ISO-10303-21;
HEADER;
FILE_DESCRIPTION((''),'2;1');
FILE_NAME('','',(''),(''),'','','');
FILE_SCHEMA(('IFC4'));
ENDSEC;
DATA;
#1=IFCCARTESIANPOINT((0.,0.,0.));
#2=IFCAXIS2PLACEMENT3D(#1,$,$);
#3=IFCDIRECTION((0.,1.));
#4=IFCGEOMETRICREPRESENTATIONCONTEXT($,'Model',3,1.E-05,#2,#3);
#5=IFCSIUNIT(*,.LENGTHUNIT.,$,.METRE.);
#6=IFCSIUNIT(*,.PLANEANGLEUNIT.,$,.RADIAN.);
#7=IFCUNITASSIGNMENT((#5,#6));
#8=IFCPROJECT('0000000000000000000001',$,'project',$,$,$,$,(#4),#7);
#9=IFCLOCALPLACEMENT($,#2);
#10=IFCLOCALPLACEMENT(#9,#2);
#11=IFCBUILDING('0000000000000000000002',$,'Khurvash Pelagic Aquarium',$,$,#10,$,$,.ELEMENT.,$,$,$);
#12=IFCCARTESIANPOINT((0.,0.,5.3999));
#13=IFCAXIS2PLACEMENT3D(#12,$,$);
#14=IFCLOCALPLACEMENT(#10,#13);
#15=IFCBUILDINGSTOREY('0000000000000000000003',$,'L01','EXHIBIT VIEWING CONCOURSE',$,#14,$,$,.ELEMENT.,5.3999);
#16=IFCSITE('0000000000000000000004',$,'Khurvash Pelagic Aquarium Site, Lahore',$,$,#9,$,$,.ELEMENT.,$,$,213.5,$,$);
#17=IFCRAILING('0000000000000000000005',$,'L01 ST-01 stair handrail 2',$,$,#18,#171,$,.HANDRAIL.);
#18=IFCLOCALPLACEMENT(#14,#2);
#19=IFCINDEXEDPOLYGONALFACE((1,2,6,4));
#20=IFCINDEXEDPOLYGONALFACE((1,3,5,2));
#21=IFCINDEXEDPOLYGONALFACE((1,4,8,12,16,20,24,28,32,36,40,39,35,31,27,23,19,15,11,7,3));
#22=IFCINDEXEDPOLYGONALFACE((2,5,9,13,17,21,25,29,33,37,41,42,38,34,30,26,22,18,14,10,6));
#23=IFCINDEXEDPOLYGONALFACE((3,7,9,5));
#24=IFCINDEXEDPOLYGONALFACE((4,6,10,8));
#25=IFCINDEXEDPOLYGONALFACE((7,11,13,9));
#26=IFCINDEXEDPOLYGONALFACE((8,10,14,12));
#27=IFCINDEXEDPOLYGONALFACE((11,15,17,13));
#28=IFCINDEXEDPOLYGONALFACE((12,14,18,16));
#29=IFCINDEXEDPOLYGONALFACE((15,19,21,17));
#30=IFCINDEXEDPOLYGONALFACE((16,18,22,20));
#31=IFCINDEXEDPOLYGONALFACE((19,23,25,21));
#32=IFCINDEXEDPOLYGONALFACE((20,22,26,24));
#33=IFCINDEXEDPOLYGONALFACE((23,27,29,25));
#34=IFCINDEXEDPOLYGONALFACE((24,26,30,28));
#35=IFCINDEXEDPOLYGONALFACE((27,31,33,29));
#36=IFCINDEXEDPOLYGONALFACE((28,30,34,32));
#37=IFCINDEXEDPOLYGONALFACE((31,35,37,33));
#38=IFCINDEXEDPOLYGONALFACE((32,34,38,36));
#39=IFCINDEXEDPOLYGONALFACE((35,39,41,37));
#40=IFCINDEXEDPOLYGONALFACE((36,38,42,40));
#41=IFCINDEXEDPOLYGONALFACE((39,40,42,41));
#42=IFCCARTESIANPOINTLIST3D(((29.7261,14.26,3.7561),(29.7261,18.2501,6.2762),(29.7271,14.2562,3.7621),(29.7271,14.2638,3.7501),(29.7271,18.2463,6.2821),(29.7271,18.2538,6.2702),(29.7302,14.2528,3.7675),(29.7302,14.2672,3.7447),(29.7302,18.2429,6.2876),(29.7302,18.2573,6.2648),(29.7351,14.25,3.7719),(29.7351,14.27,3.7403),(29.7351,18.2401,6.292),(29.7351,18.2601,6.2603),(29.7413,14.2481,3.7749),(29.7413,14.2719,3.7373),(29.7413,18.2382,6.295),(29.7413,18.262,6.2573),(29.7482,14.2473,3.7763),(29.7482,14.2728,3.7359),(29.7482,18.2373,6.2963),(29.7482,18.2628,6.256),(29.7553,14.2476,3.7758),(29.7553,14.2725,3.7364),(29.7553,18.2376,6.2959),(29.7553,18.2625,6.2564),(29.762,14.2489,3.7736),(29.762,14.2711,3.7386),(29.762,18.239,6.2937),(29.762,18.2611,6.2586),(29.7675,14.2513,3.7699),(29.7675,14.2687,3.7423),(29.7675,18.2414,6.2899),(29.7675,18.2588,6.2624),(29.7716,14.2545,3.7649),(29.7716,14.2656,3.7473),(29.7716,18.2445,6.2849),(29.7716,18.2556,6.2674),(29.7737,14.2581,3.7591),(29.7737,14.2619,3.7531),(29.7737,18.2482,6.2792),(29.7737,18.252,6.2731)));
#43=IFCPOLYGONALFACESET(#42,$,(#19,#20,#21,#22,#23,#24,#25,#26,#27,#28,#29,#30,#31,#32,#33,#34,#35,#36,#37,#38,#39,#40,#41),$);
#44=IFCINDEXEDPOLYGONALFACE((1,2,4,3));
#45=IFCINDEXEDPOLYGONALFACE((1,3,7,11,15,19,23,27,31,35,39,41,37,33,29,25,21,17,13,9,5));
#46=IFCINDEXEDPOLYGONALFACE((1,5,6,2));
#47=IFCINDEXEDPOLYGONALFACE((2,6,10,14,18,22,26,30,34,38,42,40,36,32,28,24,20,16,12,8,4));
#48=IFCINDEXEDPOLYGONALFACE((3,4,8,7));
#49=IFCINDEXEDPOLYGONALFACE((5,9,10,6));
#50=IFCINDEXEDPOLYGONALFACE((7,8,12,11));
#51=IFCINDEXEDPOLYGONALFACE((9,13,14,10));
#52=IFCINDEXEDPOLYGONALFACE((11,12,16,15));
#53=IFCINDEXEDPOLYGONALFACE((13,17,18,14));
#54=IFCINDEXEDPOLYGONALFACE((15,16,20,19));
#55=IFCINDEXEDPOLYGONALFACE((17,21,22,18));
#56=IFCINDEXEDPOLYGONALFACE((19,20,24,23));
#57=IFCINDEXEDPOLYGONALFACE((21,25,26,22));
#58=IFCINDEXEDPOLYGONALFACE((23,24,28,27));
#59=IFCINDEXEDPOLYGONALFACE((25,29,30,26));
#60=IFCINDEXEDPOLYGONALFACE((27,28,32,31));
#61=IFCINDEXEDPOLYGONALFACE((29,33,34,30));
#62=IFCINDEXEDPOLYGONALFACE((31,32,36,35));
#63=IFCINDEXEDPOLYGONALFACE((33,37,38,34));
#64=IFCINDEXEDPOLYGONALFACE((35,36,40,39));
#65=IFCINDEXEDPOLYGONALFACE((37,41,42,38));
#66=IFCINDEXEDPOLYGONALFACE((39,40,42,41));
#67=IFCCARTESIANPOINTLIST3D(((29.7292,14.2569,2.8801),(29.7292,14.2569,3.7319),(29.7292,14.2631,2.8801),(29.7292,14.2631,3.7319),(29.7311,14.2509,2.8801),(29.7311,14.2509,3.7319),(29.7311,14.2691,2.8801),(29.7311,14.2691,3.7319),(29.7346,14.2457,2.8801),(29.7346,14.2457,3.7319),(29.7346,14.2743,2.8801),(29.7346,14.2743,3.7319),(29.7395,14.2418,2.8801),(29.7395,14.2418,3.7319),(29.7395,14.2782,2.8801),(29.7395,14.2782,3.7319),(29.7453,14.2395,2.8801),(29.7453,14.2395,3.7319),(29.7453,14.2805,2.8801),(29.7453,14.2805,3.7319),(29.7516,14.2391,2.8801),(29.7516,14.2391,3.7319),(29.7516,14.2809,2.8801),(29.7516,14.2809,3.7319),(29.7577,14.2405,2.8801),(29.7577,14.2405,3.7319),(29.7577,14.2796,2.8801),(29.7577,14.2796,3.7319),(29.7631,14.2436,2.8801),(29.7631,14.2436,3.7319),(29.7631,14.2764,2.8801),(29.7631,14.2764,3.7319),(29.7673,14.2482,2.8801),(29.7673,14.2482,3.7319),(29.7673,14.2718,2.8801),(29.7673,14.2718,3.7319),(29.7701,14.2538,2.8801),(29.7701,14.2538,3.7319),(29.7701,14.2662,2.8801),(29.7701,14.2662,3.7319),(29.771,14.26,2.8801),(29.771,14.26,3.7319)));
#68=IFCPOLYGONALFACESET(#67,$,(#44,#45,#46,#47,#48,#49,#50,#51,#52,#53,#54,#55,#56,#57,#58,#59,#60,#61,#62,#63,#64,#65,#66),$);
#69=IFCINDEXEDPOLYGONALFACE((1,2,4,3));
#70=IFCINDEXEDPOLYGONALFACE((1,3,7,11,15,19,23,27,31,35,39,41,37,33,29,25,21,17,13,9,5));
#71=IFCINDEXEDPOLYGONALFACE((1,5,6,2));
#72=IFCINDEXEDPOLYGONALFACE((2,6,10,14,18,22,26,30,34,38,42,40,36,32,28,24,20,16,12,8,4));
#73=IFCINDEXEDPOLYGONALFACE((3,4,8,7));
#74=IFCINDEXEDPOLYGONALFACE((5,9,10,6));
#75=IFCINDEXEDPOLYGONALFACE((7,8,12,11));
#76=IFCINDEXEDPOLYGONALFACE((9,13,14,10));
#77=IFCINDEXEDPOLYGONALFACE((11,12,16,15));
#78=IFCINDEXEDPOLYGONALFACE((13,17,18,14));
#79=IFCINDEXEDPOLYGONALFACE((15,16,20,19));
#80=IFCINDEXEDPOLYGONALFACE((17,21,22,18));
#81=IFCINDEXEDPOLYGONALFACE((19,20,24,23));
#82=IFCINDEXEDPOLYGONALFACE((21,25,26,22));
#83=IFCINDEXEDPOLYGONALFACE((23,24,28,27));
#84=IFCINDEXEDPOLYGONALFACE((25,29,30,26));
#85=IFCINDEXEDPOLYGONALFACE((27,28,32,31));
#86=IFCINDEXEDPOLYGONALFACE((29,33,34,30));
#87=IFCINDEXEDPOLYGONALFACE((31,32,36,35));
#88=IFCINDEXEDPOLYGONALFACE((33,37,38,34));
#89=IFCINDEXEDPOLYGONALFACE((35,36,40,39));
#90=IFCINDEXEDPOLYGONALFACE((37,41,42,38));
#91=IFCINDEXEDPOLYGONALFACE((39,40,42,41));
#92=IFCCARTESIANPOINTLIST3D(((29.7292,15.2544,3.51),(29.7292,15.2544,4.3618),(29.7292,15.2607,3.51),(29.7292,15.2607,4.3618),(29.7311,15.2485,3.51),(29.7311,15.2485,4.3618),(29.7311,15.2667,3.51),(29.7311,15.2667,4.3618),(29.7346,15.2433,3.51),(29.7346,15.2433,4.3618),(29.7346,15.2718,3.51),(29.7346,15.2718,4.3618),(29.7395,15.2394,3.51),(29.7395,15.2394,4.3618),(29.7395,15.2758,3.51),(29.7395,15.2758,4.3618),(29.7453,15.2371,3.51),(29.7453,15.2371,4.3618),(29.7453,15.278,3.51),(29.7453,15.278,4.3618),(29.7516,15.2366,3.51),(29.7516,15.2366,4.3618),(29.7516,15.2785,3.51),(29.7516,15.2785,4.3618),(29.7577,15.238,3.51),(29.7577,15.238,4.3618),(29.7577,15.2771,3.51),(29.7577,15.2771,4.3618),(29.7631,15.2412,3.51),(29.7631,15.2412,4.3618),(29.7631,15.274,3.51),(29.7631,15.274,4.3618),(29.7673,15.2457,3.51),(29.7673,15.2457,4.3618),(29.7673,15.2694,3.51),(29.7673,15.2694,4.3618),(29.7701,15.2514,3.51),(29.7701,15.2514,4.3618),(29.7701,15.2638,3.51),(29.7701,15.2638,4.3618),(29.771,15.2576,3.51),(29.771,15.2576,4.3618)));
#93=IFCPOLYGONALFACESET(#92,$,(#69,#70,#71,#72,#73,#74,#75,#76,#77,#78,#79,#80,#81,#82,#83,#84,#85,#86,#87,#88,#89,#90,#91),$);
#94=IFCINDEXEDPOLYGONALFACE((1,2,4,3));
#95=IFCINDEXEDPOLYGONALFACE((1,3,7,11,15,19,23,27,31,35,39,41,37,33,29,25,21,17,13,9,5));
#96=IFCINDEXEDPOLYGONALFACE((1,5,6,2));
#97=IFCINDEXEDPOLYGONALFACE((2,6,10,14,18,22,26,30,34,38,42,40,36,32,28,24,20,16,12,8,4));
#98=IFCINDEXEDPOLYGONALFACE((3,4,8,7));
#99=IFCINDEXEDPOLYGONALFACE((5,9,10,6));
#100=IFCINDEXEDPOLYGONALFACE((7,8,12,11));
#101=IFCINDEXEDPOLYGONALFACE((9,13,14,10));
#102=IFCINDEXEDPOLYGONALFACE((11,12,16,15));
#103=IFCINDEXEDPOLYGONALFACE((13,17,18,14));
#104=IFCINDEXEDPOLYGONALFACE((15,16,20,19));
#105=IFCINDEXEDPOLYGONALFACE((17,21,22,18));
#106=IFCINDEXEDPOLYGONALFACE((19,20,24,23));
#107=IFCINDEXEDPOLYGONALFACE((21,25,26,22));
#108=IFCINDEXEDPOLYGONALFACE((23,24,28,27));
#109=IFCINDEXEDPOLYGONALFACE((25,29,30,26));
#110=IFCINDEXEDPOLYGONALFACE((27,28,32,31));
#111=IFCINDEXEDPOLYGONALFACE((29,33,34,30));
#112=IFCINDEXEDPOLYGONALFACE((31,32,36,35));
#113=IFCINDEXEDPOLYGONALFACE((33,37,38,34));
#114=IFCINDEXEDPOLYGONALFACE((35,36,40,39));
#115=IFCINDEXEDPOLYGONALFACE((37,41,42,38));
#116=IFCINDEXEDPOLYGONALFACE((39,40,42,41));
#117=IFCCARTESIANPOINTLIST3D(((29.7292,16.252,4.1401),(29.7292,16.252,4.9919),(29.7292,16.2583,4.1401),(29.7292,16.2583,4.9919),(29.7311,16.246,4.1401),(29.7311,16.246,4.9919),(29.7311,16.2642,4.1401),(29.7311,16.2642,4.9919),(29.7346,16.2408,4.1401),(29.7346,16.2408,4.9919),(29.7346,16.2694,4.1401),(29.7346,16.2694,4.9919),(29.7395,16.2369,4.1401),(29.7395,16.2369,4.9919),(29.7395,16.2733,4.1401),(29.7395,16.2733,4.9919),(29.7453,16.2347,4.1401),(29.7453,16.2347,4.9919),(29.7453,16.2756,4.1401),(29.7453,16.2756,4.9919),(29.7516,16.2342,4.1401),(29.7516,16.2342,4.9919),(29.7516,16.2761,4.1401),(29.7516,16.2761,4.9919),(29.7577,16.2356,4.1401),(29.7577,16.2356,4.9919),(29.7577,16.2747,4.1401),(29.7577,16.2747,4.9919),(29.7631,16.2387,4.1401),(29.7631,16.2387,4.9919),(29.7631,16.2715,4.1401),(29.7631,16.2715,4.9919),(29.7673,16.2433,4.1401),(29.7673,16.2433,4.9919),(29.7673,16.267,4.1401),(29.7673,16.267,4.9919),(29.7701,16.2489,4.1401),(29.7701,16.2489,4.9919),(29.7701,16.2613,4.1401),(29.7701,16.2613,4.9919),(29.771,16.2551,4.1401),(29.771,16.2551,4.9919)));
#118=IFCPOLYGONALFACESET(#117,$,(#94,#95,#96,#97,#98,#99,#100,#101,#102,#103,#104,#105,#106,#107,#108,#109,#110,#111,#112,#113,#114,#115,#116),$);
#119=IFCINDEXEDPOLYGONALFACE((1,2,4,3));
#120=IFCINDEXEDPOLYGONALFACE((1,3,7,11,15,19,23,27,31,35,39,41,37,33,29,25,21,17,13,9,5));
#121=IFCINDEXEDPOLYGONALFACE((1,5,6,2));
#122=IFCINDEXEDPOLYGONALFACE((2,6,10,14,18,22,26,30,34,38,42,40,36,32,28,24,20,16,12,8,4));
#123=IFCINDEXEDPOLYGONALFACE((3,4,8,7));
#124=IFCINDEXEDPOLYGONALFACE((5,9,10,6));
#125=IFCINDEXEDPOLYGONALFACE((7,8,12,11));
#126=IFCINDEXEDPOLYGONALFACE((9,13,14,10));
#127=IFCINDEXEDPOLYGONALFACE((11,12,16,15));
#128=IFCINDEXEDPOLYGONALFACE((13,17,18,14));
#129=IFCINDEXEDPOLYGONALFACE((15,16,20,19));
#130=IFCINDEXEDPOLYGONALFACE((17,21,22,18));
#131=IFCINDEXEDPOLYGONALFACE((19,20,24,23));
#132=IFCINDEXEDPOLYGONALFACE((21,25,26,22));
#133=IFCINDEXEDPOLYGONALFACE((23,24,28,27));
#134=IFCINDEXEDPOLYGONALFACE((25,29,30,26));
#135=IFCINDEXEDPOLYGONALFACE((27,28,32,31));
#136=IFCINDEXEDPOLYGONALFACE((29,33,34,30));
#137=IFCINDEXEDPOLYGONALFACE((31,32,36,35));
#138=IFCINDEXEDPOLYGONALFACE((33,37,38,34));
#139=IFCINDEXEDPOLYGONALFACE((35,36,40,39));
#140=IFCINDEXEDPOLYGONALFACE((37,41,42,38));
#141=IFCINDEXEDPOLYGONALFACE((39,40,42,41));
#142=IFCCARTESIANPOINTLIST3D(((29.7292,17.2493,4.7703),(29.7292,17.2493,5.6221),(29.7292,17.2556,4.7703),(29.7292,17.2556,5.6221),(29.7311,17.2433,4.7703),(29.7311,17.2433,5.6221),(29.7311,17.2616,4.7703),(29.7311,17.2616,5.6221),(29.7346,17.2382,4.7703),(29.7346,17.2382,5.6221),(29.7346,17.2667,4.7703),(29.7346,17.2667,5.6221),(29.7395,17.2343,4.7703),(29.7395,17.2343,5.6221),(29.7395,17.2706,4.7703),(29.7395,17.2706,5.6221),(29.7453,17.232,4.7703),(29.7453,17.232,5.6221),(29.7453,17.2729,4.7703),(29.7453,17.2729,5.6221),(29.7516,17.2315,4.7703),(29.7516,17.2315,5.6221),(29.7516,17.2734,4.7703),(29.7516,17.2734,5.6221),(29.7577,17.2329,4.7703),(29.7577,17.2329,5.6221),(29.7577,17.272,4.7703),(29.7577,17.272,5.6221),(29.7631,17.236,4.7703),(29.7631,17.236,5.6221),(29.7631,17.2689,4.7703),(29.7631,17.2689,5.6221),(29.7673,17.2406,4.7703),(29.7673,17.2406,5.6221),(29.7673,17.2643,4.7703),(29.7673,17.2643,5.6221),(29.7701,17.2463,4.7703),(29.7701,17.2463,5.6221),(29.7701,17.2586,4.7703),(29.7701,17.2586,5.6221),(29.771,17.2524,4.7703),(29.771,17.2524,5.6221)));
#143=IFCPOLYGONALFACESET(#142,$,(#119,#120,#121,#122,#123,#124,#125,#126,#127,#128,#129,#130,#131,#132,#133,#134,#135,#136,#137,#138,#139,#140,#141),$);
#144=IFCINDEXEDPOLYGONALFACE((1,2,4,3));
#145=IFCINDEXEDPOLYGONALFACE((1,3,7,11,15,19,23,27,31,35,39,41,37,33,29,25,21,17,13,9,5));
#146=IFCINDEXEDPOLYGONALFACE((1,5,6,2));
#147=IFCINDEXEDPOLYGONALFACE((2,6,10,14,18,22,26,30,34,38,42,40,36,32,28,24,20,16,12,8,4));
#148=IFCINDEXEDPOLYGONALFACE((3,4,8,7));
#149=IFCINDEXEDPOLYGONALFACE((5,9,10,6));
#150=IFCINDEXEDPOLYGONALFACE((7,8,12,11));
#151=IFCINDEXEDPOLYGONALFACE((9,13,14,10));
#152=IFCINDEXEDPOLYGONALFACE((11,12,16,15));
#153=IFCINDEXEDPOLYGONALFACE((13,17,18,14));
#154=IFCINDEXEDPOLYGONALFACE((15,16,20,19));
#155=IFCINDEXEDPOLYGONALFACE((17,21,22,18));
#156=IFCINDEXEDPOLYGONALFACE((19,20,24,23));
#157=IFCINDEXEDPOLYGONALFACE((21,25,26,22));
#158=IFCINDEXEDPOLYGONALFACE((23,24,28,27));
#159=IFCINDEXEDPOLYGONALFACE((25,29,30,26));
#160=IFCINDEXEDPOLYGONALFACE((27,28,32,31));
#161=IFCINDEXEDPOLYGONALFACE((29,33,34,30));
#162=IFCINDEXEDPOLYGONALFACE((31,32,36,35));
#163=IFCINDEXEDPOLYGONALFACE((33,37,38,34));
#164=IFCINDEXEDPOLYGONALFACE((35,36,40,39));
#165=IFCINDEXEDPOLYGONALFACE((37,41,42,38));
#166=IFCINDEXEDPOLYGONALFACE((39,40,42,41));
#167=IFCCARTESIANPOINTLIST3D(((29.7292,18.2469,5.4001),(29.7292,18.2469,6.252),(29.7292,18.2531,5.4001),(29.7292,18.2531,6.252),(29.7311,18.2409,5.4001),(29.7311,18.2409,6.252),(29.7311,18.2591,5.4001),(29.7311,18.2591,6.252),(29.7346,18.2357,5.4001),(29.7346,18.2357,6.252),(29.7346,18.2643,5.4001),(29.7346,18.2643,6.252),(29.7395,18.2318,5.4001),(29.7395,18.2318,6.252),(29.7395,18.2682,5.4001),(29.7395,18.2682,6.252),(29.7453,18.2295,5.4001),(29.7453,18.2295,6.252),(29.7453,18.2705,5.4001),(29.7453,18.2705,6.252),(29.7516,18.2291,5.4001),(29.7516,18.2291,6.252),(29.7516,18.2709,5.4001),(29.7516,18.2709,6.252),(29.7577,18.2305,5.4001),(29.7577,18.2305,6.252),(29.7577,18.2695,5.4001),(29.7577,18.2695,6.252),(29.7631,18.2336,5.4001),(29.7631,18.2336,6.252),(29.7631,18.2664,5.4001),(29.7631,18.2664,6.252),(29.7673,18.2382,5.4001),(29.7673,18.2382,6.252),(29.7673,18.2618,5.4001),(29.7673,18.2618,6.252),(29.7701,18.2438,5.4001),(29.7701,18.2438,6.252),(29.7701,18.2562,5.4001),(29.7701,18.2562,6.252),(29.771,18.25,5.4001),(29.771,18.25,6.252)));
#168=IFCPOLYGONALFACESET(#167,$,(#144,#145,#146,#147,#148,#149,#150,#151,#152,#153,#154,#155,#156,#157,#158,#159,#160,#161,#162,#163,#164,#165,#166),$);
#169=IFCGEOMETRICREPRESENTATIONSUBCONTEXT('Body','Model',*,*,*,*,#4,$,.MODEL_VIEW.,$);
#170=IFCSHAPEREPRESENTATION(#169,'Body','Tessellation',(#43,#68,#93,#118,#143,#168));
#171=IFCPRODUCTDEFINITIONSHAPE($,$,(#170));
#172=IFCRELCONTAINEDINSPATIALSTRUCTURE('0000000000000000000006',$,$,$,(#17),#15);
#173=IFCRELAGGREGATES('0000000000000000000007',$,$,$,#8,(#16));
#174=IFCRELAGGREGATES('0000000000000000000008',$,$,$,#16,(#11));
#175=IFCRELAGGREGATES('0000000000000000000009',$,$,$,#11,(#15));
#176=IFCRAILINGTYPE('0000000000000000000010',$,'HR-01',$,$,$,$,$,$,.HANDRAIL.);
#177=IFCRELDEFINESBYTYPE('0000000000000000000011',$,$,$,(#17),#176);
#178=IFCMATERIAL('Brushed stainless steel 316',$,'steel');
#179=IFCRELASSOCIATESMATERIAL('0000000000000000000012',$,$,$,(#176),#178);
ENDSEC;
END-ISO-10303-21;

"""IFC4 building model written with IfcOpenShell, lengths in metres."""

from ifc_helpers import new_model, si_unit, direction, frame, origin, origin_2d, place, context, subcontext, project, spatial, circle, extrude, material, type_object, element, save


model = new_model("IFC4")

# Units and contexts
model_context = context("Model", 3, precision=1e-05, world=origin(), true_north=direction((0.0, 1.0)))
body_context = subcontext(model_context, "Body", "Model", "MODEL_VIEW")
ifc_project = project(units=[si_unit("LENGTHUNIT", "METRE"), si_unit("PLANEANGLEUNIT", "RADIAN")], contexts=[model_context])

# Site, building, storey
site_placement = place(None, origin())
site = spatial("IfcSite", under=ifc_project, at=site_placement, Name="Khurvash Pelagic Aquarium Site, Lahore", CompositionType="ELEMENT", RefElevation=213.5)
building_placement = place(site_placement, origin())
building = spatial("IfcBuilding", under=site, at=building_placement, Name="Khurvash Pelagic Aquarium", CompositionType="ELEMENT")
storey_placement = place(building_placement, frame((0.0, 0.0, 5.3999)))
storey = spatial("IfcBuildingStorey", under=building, at=storey_placement, Name="L01", Description="EXHIBIT VIEWING CONCOURSE", CompositionType="ELEMENT", Elevation=5.3999)

# Railing
ifc_material_1 = material(Name="Brushed stainless steel 316", Category="steel")
railing_type_1 = type_object("IfcRailingType", Name="HR-01", PredefinedType="HANDRAIL", material=ifc_material_1)
railing_1_placement = place(storey_placement, frame((29.75, 14.26, 2.8801)))
element("IfcRailing", 1, at=railing_1_placement, inside=storey, type_object=railing_type_1, Name="L01 ST-01 stair handrail 2", PredefinedType="HANDRAIL", context=body_context, shape_type="SweptSolid", body=[
    extrude(circle(Radius=0.0239, at=origin_2d()), frame((0.0, 0.0, 0.876), z_axis=(0.0, 0.845486, 0.533997), x_axis=(-1.0, 0.0, 0.0)), (0.0, 0.0, 1.0), 4.7192),
    extrude(circle(Radius=0.021, at=origin_2d()), origin(), (0.0, 0.0, 1.0), 0.8518),
    extrude(circle(Radius=0.021, at=origin_2d()), frame((0.0, 0.9976, 0.6299)), (0.0, 0.0, 1.0), 0.8518),
    extrude(circle(Radius=0.021, at=origin_2d()), frame((0.0, 1.9951, 1.26)), (0.0, 0.0, 1.0), 0.8518),
    extrude(circle(Radius=0.021, at=origin_2d()), frame((0.0, 2.9924, 1.8901)), (0.0, 0.0, 1.0), 0.8518),
    extrude(circle(Radius=0.021, at=origin_2d()), frame((0.0, 3.99, 2.52)), (0.0, 0.0, 1.0), 0.8518),
])

save(model, "model.ifc")
